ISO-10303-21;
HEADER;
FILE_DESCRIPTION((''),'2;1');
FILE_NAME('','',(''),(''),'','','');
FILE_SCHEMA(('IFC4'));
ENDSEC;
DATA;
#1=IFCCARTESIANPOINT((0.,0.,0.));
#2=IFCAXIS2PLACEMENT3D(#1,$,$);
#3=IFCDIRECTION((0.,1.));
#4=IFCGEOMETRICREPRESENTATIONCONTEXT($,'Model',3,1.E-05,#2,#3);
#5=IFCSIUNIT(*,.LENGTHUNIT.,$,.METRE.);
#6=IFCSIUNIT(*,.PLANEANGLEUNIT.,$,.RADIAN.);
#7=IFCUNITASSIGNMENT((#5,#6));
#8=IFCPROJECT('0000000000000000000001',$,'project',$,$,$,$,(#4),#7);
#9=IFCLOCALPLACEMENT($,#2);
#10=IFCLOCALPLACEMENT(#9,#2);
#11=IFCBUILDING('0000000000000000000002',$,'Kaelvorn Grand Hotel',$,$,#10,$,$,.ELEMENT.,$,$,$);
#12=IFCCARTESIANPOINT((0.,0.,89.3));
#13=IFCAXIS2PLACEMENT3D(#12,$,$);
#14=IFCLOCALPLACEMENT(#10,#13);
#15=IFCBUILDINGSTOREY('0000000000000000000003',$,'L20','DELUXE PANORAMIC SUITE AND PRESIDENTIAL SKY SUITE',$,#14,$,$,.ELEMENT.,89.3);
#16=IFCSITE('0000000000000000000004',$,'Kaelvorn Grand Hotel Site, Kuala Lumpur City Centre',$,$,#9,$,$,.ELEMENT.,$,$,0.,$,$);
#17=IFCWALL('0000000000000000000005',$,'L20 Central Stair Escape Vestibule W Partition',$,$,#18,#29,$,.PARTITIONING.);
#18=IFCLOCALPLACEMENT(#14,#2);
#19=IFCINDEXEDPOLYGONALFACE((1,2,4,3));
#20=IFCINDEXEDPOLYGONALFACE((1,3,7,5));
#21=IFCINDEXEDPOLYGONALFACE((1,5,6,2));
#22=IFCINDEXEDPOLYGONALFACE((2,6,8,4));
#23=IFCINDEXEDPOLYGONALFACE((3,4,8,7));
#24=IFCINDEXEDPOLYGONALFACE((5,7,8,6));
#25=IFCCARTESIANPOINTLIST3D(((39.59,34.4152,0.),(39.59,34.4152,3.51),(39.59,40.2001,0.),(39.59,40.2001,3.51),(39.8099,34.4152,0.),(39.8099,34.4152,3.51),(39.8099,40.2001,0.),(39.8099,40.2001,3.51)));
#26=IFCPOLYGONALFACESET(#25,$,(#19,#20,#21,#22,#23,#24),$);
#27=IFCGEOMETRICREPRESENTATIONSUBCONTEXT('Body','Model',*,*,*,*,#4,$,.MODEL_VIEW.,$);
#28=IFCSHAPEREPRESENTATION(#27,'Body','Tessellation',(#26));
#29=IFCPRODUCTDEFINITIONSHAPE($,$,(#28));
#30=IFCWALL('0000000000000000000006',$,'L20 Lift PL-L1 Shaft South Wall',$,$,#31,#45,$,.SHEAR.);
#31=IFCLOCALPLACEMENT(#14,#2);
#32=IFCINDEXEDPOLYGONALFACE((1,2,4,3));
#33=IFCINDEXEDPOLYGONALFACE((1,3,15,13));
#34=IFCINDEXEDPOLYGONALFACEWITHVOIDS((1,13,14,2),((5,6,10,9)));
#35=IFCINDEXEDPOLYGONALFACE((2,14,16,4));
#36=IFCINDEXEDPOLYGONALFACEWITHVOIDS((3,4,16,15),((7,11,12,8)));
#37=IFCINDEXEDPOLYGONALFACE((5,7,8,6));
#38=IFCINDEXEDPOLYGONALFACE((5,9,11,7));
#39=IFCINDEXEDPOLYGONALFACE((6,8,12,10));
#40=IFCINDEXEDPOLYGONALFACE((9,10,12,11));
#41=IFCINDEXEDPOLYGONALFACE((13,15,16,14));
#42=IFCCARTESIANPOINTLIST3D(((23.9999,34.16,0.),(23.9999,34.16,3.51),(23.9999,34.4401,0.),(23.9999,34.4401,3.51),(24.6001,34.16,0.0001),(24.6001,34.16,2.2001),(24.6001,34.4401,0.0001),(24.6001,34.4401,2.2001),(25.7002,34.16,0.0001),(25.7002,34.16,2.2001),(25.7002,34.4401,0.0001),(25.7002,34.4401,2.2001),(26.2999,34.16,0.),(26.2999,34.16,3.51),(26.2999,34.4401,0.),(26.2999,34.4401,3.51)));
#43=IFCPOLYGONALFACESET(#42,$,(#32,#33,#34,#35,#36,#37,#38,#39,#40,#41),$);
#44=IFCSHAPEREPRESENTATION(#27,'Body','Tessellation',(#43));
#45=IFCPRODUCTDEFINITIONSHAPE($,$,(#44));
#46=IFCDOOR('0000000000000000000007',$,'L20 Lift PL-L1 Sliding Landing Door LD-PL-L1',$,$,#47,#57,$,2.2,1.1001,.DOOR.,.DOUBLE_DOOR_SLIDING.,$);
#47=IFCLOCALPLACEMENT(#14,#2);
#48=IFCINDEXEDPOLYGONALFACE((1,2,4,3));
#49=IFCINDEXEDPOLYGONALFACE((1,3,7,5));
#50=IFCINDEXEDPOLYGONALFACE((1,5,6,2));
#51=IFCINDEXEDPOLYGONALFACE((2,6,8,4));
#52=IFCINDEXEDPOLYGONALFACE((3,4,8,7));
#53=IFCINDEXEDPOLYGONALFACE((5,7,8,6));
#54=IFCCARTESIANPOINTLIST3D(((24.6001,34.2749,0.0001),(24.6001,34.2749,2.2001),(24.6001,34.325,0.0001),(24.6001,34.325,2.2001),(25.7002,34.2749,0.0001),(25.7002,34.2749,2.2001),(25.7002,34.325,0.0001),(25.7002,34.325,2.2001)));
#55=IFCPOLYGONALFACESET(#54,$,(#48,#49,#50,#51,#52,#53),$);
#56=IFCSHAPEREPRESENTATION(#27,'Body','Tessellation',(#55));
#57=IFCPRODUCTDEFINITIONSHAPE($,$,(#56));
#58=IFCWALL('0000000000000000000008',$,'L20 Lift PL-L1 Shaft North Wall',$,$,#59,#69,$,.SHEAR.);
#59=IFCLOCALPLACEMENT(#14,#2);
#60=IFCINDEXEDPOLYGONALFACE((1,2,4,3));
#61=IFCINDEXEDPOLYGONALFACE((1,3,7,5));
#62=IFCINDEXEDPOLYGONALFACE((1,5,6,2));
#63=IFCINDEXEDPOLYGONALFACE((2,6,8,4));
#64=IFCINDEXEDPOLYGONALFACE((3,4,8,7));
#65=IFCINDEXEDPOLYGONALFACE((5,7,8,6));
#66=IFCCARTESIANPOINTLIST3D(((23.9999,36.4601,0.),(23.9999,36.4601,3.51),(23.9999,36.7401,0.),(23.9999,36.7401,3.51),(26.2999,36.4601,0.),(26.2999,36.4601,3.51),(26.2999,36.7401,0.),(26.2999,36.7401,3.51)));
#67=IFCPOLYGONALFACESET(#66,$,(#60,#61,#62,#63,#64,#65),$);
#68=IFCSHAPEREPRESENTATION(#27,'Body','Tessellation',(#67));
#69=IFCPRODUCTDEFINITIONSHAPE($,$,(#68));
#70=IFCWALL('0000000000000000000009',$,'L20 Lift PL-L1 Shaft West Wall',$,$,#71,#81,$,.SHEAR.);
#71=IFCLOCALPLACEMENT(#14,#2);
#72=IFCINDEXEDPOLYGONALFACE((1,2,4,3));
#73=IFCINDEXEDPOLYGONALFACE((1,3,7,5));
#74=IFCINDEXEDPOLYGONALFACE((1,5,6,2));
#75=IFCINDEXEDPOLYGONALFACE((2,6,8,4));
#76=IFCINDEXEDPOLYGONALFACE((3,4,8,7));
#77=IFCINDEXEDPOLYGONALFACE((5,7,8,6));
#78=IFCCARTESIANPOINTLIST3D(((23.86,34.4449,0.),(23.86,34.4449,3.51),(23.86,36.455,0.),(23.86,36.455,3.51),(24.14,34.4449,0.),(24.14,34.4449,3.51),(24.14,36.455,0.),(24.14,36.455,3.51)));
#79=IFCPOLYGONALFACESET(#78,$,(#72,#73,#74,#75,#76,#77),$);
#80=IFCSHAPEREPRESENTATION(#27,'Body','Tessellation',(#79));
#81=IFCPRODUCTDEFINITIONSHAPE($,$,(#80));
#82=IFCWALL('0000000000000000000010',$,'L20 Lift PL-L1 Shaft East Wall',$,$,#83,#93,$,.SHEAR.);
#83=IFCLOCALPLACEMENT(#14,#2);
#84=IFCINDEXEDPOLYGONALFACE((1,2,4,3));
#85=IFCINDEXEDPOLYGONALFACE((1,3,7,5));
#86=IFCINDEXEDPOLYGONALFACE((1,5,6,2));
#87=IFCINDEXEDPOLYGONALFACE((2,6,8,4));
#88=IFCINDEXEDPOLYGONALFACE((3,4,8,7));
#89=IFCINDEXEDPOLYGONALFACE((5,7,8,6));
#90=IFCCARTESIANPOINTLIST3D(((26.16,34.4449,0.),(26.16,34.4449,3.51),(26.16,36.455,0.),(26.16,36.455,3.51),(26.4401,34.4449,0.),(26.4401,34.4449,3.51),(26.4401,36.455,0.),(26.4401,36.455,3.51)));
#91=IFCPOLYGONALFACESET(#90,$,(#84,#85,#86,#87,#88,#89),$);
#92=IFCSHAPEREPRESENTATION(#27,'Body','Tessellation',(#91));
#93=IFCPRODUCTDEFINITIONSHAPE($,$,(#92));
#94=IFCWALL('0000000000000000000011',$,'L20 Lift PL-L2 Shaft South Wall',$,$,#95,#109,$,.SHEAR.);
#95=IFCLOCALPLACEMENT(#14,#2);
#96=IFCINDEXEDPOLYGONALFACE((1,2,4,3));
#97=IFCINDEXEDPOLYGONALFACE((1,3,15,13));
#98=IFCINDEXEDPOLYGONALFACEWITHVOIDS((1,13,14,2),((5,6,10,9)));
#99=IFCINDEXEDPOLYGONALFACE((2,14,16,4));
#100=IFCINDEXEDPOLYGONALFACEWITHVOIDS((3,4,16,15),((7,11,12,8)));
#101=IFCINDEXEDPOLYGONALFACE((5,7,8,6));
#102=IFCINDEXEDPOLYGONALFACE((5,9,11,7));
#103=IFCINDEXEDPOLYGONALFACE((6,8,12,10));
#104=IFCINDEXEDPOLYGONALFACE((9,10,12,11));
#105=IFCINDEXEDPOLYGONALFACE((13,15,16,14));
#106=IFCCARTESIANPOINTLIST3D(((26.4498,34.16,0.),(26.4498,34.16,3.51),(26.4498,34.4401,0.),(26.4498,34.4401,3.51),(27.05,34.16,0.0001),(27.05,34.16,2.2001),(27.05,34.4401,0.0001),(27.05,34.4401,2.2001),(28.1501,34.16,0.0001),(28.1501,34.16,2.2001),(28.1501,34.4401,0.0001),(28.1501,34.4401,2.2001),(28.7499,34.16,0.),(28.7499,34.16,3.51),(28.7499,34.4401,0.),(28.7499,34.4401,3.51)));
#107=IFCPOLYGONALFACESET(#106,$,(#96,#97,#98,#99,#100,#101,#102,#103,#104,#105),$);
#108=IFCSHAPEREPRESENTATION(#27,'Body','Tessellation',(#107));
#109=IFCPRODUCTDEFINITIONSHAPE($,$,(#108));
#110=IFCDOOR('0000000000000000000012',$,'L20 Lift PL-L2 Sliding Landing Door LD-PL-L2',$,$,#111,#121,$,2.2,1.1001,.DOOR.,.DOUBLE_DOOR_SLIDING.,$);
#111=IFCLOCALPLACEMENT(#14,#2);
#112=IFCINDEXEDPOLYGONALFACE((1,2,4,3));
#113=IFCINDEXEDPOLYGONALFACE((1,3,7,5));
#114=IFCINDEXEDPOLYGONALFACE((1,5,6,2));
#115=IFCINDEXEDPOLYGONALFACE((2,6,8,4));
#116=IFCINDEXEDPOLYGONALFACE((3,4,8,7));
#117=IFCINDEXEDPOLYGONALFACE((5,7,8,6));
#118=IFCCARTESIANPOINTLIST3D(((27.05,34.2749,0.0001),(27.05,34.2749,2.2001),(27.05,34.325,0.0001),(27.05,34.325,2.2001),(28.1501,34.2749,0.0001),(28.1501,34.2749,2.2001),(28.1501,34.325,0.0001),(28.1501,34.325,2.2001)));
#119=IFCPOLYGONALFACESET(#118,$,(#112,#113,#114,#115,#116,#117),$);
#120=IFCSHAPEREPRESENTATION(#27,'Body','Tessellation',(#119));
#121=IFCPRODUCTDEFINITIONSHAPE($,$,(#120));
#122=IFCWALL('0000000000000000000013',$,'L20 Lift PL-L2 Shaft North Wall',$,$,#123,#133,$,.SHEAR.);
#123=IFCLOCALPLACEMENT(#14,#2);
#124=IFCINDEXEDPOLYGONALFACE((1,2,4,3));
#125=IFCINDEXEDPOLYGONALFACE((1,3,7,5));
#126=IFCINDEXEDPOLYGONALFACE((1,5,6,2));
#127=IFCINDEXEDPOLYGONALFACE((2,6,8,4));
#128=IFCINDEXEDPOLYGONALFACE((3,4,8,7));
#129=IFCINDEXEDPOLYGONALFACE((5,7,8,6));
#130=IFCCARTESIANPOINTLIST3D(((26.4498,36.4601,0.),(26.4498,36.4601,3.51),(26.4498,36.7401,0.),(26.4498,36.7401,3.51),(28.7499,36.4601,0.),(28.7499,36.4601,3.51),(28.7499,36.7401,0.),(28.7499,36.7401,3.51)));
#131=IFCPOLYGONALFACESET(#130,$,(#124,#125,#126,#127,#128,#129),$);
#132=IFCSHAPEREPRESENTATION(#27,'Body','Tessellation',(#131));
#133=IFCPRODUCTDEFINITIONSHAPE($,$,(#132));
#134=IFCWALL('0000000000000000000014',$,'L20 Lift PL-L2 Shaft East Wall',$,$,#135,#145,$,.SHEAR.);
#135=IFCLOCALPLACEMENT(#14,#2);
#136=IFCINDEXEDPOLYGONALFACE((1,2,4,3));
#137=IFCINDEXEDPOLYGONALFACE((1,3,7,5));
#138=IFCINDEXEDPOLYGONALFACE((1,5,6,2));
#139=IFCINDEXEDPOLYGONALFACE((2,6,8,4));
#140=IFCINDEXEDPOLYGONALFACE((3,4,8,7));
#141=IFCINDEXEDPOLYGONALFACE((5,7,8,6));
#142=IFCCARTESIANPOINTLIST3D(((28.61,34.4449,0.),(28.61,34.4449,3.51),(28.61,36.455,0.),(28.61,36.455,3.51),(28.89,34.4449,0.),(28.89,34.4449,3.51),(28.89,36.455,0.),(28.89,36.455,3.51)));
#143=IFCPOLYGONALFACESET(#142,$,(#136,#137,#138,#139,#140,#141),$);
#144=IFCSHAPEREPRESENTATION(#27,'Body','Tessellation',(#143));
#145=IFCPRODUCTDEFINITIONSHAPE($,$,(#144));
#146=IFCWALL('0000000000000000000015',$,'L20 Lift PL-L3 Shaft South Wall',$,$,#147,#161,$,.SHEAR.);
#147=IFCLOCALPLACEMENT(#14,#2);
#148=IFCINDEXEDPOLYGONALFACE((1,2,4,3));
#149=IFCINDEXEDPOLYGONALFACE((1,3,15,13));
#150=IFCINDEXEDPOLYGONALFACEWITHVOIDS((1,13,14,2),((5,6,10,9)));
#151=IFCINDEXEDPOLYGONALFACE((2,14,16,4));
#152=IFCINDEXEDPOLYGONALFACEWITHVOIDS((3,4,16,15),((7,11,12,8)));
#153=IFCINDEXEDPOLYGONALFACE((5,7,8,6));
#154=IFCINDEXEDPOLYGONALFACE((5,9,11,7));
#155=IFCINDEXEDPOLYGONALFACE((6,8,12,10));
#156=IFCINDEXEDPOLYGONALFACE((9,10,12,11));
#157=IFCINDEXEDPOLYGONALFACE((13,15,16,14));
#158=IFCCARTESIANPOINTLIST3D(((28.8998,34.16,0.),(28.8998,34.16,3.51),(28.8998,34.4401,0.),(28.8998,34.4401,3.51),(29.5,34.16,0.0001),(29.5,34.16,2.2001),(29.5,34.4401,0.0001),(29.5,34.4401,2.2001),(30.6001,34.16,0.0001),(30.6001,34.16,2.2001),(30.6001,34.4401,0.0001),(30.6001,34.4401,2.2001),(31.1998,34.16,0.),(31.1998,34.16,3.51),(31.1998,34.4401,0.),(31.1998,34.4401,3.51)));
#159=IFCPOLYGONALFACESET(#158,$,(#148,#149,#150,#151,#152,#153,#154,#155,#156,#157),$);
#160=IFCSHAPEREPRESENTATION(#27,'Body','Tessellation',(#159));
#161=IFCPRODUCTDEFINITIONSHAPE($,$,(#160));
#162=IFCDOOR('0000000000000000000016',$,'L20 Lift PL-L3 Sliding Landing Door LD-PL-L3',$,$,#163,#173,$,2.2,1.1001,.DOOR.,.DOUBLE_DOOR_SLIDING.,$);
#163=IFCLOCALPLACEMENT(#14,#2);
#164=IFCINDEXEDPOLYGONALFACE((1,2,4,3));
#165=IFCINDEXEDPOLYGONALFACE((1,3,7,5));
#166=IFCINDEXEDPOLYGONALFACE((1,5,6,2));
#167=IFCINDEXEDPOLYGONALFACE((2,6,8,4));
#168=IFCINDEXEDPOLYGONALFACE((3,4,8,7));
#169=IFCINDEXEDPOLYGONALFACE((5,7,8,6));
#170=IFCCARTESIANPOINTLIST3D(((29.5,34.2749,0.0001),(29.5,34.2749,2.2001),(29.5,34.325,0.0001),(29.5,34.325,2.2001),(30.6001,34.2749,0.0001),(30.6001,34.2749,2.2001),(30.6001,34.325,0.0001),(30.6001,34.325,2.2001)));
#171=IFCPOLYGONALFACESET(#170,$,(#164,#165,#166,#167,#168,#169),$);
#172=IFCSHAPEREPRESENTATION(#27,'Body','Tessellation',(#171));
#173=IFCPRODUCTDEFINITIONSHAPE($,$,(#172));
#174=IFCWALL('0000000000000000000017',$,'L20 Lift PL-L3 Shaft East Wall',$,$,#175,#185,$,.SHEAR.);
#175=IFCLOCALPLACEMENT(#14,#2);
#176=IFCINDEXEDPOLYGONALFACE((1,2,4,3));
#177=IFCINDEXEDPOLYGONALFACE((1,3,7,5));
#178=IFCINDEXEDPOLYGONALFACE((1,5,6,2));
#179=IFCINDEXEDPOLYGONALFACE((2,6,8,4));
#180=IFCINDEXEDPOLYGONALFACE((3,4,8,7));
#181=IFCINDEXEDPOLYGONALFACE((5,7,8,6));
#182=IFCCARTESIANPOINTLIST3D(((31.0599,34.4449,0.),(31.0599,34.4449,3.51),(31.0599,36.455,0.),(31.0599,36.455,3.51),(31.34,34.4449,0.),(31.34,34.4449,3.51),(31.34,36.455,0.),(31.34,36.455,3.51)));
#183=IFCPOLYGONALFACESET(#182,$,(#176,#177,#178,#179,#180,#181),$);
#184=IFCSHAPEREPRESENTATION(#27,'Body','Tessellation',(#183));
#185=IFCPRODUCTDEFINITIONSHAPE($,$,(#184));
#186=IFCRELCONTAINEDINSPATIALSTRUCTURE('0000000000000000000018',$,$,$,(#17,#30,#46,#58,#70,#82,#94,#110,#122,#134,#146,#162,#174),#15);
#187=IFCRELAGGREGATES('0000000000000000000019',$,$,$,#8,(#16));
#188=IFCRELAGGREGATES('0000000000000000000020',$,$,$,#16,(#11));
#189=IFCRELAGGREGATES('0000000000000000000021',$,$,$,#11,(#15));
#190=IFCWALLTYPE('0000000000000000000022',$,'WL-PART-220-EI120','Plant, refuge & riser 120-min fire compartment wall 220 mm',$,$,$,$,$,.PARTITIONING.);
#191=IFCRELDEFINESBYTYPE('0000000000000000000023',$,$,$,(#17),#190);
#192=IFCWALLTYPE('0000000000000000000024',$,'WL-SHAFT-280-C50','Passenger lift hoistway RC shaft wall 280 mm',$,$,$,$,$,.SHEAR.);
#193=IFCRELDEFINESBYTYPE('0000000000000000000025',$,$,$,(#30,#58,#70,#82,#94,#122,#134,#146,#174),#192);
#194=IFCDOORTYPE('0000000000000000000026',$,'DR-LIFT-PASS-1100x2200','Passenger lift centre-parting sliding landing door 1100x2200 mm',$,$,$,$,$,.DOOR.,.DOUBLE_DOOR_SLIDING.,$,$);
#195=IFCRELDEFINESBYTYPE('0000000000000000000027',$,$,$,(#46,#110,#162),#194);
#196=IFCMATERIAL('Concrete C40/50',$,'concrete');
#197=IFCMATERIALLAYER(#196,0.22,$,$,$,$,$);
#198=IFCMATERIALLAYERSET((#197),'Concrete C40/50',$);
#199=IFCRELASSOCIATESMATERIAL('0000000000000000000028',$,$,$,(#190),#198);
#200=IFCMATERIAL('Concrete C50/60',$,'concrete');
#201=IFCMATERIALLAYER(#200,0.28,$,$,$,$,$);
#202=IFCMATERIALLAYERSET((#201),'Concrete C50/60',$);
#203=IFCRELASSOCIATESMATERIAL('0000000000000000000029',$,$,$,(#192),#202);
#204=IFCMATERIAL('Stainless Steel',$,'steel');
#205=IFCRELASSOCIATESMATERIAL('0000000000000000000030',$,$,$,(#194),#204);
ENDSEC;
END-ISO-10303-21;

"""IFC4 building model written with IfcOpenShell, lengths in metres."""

from ifc_helpers import new_model, si_unit, direction, frame, frame_2d, origin, place, context, subcontext, project, spatial, rectangle, extrude, material, layer, layer_set, type_object, element, fill, save


model = new_model("IFC4")

# Units and contexts
model_context = context("Model", 3, precision=1e-05, world=origin(), true_north=direction((0.0, 1.0)))
body_context = subcontext(model_context, "Body", "Model", "MODEL_VIEW")
ifc_project = project(units=[si_unit("LENGTHUNIT", "METRE"), si_unit("PLANEANGLEUNIT", "RADIAN")], contexts=[model_context])

# Site, building, storey
site_placement = place(None, origin())
site = spatial("IfcSite", under=ifc_project, at=site_placement, Name="Kaelvorn Grand Hotel Site, Kuala Lumpur City Centre", CompositionType="ELEMENT", RefElevation=0.0)
building_placement = place(site_placement, origin())
building = spatial("IfcBuilding", under=site, at=building_placement, Name="Kaelvorn Grand Hotel", CompositionType="ELEMENT")
storey_placement = place(building_placement, frame((0.0, 0.0, 89.3)))
storey = spatial("IfcBuildingStorey", under=building, at=storey_placement, Name="L20", Description="DELUXE PANORAMIC SUITE AND PRESIDENTIAL SKY SUITE", CompositionType="ELEMENT", Elevation=89.3)

# Shared definitions
ifc_material_1 = material(Name="Concrete C40/50", Category="concrete")
ifc_layer_1 = layer(ifc_material_1, 0.22)
ifc_layer_set_1 = layer_set([ifc_layer_1], Name="Concrete C40/50")
wall_type_1 = type_object("IfcWallType", Name="WL-PART-220-EI120", Description="Plant, refuge & riser 120-min fire compartment wall 220 mm", PredefinedType="PARTITIONING", material=ifc_layer_set_1)

# Wall
wall_1_placement = place(storey_placement, frame((39.7, 34.415, 0.0), z_axis=(0.0, 0.0, 1.0), x_axis=(0.0, 1.0, 0.0)))
element("IfcWall", 1, at=wall_1_placement, inside=storey, type_object=wall_type_1, Name="L20 Central Stair Escape Vestibule W Partition", PredefinedType="PARTITIONING", context=body_context, shape_type="SweptSolid", body=[
    extrude(rectangle(XDim=5.7849, YDim=0.22, at=frame_2d((2.8926, 0.0))), origin(), (0.0, 0.0, 1.0), 3.51),
])

# Wall, opening, door
ifc_material_2 = material(Name="Concrete C50/60", Category="concrete")
ifc_layer_2 = layer(ifc_material_2, 0.28)
ifc_layer_set_2 = layer_set([ifc_layer_2], Name="Concrete C50/60")
wall_type_2 = type_object("IfcWallType", Name="WL-SHAFT-280-C50", Description="Passenger lift hoistway RC shaft wall 280 mm", PredefinedType="SHEAR", material=ifc_layer_set_2)
wall_2_placement = place(storey_placement, frame((24.0, 34.3, 0.0), z_axis=(0.0, 0.0, 1.0), x_axis=(1.0, 0.0, 0.0)))
wall_2 = element("IfcWall", 2, at=wall_2_placement, inside=storey, type_object=wall_type_2, Name="L20 Lift PL-L1 Shaft South Wall", PredefinedType="SHEAR", context=body_context, shape_type="SweptSolid", body=[
    extrude(rectangle(XDim=2.3, YDim=0.28, at=frame_2d((1.1499, 0.0))), origin(), (0.0, 0.0, 1.0), 3.51),
])
opening_1_placement = place(wall_2_placement, frame((0.6001, 0.0, 0.0)))
opening_1 = element("IfcOpeningElement", 3, at=opening_1_placement, cuts=wall_2, PredefinedType="OPENING", context=body_context, shape_type="SweptSolid", body=[
    extrude(rectangle(XDim=1.1001, YDim=2.2, at=frame_2d((0.55, 1.1001))), frame((0.0, 0.1499, 0.0), z_axis=(0.0, -1.0, 0.0), x_axis=(1.0, 0.0, 0.0)), (0.0, 0.0, 1.0), 0.3),
])
ifc_material_3 = material(Name="Stainless Steel", Category="steel")
door_type_1 = type_object("IfcDoorType", Name="DR-LIFT-PASS-1100x2200", Description="Passenger lift centre-parting sliding landing door 1100x2200 mm", OperationType="DOUBLE_DOOR_SLIDING", PredefinedType="DOOR", material=ifc_material_3)
door_1_placement = place(opening_1_placement, origin())
door_1 = element("IfcDoor", 4, at=door_1_placement, inside=storey, type_object=door_type_1, Name="L20 Lift PL-L1 Sliding Landing Door LD-PL-L1", OperationType="DOUBLE_DOOR_SLIDING", OverallHeight=2.2, OverallWidth=1.1001, PredefinedType="DOOR", context=body_context, shape_type="SweptSolid", body=[
    extrude(rectangle(XDim=1.1001, YDim=2.2, at=frame_2d((0.55, 1.1001))), frame((0.0, 0.0249, 0.0), z_axis=(0.0, -1.0, 0.0), x_axis=(1.0, 0.0, 0.0)), (0.0, 0.0, 1.0), 0.05),
])
fill(opening_1, door_1)

# Walls
wall_3_placement = place(storey_placement, frame((24.0, 36.6001, 0.0), z_axis=(0.0, 0.0, 1.0), x_axis=(1.0, 0.0, 0.0)))
element("IfcWall", 5, at=wall_3_placement, inside=storey, type_object=wall_type_2, Name="L20 Lift PL-L1 Shaft North Wall", PredefinedType="SHEAR", context=body_context, shape_type="SweptSolid", body=[
    extrude(rectangle(XDim=2.3, YDim=0.28, at=frame_2d((1.1499, 0.0))), origin(), (0.0, 0.0, 1.0), 3.51),
])
for number, where, z_axis, x_axis, name in (
    (6, (24.0, 34.4451, 0.0), (0.0, 0.0, 1.0), (0.0, 1.0, 0.0), "L20 Lift PL-L1 Shaft West Wall"),
    (7, (26.3, 34.4451, 0.0), (0.0, 0.0, 1.0), (0.0, 1.0, 0.0), "L20 Lift PL-L1 Shaft East Wall"),
):
    element("IfcWall", number, at=place(storey_placement, frame(where, z_axis=z_axis, x_axis=x_axis)), inside=storey, type_object=wall_type_2, Name=name, PredefinedType="SHEAR", context=body_context, shape_type="SweptSolid", body=[
        extrude(rectangle(XDim=2.01, YDim=0.28, at=frame_2d((1.0049, 0.0))), origin(), (0.0, 0.0, 1.0), 3.51),
    ])

# Wall, opening, door
wall_4_placement = place(storey_placement, frame((26.45, 34.3, 0.0), z_axis=(0.0, 0.0, 1.0), x_axis=(1.0, 0.0, 0.0)))
wall_4 = element("IfcWall", 8, at=wall_4_placement, inside=storey, type_object=wall_type_2, Name="L20 Lift PL-L2 Shaft South Wall", PredefinedType="SHEAR", context=body_context, shape_type="SweptSolid", body=[
    extrude(rectangle(XDim=2.3, YDim=0.28, at=frame_2d((1.1499, 0.0))), origin(), (0.0, 0.0, 1.0), 3.51),
])
opening_2_placement = place(wall_4_placement, frame((0.6001, 0.0, 0.0)))
opening_2 = element("IfcOpeningElement", 9, at=opening_2_placement, cuts=wall_4, PredefinedType="OPENING", context=body_context, shape_type="SweptSolid", body=[
    extrude(rectangle(XDim=1.1001, YDim=2.2, at=frame_2d((0.55, 1.1001))), frame((0.0, 0.1499, 0.0), z_axis=(0.0, -1.0, 0.0), x_axis=(1.0, 0.0, 0.0)), (0.0, 0.0, 1.0), 0.3),
])
door_2_placement = place(opening_2_placement, origin())
door_2 = element("IfcDoor", 10, at=door_2_placement, inside=storey, type_object=door_type_1, Name="L20 Lift PL-L2 Sliding Landing Door LD-PL-L2", OperationType="DOUBLE_DOOR_SLIDING", OverallHeight=2.2, OverallWidth=1.1001, PredefinedType="DOOR", context=body_context, shape_type="SweptSolid", body=[
    extrude(rectangle(XDim=1.1001, YDim=2.2, at=frame_2d((0.55, 1.1001))), frame((0.0, 0.0249, 0.0), z_axis=(0.0, -1.0, 0.0), x_axis=(1.0, 0.0, 0.0)), (0.0, 0.0, 1.0), 0.05),
])
fill(opening_2, door_2)

# Walls
wall_5_placement = place(storey_placement, frame((26.45, 36.6001, 0.0), z_axis=(0.0, 0.0, 1.0), x_axis=(1.0, 0.0, 0.0)))
element("IfcWall", 11, at=wall_5_placement, inside=storey, type_object=wall_type_2, Name="L20 Lift PL-L2 Shaft North Wall", PredefinedType="SHEAR", context=body_context, shape_type="SweptSolid", body=[
    extrude(rectangle(XDim=2.3, YDim=0.28, at=frame_2d((1.1499, 0.0))), origin(), (0.0, 0.0, 1.0), 3.51),
])
wall_6_placement = place(storey_placement, frame((28.75, 34.4451, 0.0), z_axis=(0.0, 0.0, 1.0), x_axis=(0.0, 1.0, 0.0)))
element("IfcWall", 12, at=wall_6_placement, inside=storey, type_object=wall_type_2, Name="L20 Lift PL-L2 Shaft East Wall", PredefinedType="SHEAR", context=body_context, shape_type="SweptSolid", body=[
    extrude(rectangle(XDim=2.01, YDim=0.28, at=frame_2d((1.0049, 0.0))), origin(), (0.0, 0.0, 1.0), 3.51),
])

# Wall, opening, door
wall_7_placement = place(storey_placement, frame((28.8999, 34.3, 0.0), z_axis=(0.0, 0.0, 1.0), x_axis=(1.0, 0.0, 0.0)))
wall_7 = element("IfcWall", 13, at=wall_7_placement, inside=storey, type_object=wall_type_2, Name="L20 Lift PL-L3 Shaft South Wall", PredefinedType="SHEAR", context=body_context, shape_type="SweptSolid", body=[
    extrude(rectangle(XDim=2.3, YDim=0.28, at=frame_2d((1.1499, 0.0))), origin(), (0.0, 0.0, 1.0), 3.51),
])
opening_3_placement = place(wall_7_placement, frame((0.6001, 0.0, 0.0)))
opening_3 = element("IfcOpeningElement", 14, at=opening_3_placement, cuts=wall_7, PredefinedType="OPENING", context=body_context, shape_type="SweptSolid", body=[
    extrude(rectangle(XDim=1.1001, YDim=2.2, at=frame_2d((0.55, 1.1001))), frame((0.0, 0.1499, 0.0), z_axis=(0.0, -1.0, 0.0), x_axis=(1.0, 0.0, 0.0)), (0.0, 0.0, 1.0), 0.3),
])
door_3_placement = place(opening_3_placement, origin())
door_3 = element("IfcDoor", 15, at=door_3_placement, inside=storey, type_object=door_type_1, Name="L20 Lift PL-L3 Sliding Landing Door LD-PL-L3", OperationType="DOUBLE_DOOR_SLIDING", OverallHeight=2.2, OverallWidth=1.1001, PredefinedType="DOOR", context=body_context, shape_type="SweptSolid", body=[
    extrude(rectangle(XDim=1.1001, YDim=2.2, at=frame_2d((0.55, 1.1001))), frame((0.0, 0.0249, 0.0), z_axis=(0.0, -1.0, 0.0), x_axis=(1.0, 0.0, 0.0)), (0.0, 0.0, 1.0), 0.05),
])
fill(opening_3, door_3)

# Wall
wall_8_placement = place(storey_placement, frame((31.2, 34.4451, 0.0), z_axis=(0.0, 0.0, 1.0), x_axis=(0.0, 1.0, 0.0)))
element("IfcWall", 16, at=wall_8_placement, inside=storey, type_object=wall_type_2, Name="L20 Lift PL-L3 Shaft East Wall", PredefinedType="SHEAR", context=body_context, shape_type="SweptSolid", body=[
    extrude(rectangle(XDim=2.01, YDim=0.28, at=frame_2d((1.0049, 0.0))), origin(), (0.0, 0.0, 1.0), 3.51),
])

save(model, "model.ifc")
